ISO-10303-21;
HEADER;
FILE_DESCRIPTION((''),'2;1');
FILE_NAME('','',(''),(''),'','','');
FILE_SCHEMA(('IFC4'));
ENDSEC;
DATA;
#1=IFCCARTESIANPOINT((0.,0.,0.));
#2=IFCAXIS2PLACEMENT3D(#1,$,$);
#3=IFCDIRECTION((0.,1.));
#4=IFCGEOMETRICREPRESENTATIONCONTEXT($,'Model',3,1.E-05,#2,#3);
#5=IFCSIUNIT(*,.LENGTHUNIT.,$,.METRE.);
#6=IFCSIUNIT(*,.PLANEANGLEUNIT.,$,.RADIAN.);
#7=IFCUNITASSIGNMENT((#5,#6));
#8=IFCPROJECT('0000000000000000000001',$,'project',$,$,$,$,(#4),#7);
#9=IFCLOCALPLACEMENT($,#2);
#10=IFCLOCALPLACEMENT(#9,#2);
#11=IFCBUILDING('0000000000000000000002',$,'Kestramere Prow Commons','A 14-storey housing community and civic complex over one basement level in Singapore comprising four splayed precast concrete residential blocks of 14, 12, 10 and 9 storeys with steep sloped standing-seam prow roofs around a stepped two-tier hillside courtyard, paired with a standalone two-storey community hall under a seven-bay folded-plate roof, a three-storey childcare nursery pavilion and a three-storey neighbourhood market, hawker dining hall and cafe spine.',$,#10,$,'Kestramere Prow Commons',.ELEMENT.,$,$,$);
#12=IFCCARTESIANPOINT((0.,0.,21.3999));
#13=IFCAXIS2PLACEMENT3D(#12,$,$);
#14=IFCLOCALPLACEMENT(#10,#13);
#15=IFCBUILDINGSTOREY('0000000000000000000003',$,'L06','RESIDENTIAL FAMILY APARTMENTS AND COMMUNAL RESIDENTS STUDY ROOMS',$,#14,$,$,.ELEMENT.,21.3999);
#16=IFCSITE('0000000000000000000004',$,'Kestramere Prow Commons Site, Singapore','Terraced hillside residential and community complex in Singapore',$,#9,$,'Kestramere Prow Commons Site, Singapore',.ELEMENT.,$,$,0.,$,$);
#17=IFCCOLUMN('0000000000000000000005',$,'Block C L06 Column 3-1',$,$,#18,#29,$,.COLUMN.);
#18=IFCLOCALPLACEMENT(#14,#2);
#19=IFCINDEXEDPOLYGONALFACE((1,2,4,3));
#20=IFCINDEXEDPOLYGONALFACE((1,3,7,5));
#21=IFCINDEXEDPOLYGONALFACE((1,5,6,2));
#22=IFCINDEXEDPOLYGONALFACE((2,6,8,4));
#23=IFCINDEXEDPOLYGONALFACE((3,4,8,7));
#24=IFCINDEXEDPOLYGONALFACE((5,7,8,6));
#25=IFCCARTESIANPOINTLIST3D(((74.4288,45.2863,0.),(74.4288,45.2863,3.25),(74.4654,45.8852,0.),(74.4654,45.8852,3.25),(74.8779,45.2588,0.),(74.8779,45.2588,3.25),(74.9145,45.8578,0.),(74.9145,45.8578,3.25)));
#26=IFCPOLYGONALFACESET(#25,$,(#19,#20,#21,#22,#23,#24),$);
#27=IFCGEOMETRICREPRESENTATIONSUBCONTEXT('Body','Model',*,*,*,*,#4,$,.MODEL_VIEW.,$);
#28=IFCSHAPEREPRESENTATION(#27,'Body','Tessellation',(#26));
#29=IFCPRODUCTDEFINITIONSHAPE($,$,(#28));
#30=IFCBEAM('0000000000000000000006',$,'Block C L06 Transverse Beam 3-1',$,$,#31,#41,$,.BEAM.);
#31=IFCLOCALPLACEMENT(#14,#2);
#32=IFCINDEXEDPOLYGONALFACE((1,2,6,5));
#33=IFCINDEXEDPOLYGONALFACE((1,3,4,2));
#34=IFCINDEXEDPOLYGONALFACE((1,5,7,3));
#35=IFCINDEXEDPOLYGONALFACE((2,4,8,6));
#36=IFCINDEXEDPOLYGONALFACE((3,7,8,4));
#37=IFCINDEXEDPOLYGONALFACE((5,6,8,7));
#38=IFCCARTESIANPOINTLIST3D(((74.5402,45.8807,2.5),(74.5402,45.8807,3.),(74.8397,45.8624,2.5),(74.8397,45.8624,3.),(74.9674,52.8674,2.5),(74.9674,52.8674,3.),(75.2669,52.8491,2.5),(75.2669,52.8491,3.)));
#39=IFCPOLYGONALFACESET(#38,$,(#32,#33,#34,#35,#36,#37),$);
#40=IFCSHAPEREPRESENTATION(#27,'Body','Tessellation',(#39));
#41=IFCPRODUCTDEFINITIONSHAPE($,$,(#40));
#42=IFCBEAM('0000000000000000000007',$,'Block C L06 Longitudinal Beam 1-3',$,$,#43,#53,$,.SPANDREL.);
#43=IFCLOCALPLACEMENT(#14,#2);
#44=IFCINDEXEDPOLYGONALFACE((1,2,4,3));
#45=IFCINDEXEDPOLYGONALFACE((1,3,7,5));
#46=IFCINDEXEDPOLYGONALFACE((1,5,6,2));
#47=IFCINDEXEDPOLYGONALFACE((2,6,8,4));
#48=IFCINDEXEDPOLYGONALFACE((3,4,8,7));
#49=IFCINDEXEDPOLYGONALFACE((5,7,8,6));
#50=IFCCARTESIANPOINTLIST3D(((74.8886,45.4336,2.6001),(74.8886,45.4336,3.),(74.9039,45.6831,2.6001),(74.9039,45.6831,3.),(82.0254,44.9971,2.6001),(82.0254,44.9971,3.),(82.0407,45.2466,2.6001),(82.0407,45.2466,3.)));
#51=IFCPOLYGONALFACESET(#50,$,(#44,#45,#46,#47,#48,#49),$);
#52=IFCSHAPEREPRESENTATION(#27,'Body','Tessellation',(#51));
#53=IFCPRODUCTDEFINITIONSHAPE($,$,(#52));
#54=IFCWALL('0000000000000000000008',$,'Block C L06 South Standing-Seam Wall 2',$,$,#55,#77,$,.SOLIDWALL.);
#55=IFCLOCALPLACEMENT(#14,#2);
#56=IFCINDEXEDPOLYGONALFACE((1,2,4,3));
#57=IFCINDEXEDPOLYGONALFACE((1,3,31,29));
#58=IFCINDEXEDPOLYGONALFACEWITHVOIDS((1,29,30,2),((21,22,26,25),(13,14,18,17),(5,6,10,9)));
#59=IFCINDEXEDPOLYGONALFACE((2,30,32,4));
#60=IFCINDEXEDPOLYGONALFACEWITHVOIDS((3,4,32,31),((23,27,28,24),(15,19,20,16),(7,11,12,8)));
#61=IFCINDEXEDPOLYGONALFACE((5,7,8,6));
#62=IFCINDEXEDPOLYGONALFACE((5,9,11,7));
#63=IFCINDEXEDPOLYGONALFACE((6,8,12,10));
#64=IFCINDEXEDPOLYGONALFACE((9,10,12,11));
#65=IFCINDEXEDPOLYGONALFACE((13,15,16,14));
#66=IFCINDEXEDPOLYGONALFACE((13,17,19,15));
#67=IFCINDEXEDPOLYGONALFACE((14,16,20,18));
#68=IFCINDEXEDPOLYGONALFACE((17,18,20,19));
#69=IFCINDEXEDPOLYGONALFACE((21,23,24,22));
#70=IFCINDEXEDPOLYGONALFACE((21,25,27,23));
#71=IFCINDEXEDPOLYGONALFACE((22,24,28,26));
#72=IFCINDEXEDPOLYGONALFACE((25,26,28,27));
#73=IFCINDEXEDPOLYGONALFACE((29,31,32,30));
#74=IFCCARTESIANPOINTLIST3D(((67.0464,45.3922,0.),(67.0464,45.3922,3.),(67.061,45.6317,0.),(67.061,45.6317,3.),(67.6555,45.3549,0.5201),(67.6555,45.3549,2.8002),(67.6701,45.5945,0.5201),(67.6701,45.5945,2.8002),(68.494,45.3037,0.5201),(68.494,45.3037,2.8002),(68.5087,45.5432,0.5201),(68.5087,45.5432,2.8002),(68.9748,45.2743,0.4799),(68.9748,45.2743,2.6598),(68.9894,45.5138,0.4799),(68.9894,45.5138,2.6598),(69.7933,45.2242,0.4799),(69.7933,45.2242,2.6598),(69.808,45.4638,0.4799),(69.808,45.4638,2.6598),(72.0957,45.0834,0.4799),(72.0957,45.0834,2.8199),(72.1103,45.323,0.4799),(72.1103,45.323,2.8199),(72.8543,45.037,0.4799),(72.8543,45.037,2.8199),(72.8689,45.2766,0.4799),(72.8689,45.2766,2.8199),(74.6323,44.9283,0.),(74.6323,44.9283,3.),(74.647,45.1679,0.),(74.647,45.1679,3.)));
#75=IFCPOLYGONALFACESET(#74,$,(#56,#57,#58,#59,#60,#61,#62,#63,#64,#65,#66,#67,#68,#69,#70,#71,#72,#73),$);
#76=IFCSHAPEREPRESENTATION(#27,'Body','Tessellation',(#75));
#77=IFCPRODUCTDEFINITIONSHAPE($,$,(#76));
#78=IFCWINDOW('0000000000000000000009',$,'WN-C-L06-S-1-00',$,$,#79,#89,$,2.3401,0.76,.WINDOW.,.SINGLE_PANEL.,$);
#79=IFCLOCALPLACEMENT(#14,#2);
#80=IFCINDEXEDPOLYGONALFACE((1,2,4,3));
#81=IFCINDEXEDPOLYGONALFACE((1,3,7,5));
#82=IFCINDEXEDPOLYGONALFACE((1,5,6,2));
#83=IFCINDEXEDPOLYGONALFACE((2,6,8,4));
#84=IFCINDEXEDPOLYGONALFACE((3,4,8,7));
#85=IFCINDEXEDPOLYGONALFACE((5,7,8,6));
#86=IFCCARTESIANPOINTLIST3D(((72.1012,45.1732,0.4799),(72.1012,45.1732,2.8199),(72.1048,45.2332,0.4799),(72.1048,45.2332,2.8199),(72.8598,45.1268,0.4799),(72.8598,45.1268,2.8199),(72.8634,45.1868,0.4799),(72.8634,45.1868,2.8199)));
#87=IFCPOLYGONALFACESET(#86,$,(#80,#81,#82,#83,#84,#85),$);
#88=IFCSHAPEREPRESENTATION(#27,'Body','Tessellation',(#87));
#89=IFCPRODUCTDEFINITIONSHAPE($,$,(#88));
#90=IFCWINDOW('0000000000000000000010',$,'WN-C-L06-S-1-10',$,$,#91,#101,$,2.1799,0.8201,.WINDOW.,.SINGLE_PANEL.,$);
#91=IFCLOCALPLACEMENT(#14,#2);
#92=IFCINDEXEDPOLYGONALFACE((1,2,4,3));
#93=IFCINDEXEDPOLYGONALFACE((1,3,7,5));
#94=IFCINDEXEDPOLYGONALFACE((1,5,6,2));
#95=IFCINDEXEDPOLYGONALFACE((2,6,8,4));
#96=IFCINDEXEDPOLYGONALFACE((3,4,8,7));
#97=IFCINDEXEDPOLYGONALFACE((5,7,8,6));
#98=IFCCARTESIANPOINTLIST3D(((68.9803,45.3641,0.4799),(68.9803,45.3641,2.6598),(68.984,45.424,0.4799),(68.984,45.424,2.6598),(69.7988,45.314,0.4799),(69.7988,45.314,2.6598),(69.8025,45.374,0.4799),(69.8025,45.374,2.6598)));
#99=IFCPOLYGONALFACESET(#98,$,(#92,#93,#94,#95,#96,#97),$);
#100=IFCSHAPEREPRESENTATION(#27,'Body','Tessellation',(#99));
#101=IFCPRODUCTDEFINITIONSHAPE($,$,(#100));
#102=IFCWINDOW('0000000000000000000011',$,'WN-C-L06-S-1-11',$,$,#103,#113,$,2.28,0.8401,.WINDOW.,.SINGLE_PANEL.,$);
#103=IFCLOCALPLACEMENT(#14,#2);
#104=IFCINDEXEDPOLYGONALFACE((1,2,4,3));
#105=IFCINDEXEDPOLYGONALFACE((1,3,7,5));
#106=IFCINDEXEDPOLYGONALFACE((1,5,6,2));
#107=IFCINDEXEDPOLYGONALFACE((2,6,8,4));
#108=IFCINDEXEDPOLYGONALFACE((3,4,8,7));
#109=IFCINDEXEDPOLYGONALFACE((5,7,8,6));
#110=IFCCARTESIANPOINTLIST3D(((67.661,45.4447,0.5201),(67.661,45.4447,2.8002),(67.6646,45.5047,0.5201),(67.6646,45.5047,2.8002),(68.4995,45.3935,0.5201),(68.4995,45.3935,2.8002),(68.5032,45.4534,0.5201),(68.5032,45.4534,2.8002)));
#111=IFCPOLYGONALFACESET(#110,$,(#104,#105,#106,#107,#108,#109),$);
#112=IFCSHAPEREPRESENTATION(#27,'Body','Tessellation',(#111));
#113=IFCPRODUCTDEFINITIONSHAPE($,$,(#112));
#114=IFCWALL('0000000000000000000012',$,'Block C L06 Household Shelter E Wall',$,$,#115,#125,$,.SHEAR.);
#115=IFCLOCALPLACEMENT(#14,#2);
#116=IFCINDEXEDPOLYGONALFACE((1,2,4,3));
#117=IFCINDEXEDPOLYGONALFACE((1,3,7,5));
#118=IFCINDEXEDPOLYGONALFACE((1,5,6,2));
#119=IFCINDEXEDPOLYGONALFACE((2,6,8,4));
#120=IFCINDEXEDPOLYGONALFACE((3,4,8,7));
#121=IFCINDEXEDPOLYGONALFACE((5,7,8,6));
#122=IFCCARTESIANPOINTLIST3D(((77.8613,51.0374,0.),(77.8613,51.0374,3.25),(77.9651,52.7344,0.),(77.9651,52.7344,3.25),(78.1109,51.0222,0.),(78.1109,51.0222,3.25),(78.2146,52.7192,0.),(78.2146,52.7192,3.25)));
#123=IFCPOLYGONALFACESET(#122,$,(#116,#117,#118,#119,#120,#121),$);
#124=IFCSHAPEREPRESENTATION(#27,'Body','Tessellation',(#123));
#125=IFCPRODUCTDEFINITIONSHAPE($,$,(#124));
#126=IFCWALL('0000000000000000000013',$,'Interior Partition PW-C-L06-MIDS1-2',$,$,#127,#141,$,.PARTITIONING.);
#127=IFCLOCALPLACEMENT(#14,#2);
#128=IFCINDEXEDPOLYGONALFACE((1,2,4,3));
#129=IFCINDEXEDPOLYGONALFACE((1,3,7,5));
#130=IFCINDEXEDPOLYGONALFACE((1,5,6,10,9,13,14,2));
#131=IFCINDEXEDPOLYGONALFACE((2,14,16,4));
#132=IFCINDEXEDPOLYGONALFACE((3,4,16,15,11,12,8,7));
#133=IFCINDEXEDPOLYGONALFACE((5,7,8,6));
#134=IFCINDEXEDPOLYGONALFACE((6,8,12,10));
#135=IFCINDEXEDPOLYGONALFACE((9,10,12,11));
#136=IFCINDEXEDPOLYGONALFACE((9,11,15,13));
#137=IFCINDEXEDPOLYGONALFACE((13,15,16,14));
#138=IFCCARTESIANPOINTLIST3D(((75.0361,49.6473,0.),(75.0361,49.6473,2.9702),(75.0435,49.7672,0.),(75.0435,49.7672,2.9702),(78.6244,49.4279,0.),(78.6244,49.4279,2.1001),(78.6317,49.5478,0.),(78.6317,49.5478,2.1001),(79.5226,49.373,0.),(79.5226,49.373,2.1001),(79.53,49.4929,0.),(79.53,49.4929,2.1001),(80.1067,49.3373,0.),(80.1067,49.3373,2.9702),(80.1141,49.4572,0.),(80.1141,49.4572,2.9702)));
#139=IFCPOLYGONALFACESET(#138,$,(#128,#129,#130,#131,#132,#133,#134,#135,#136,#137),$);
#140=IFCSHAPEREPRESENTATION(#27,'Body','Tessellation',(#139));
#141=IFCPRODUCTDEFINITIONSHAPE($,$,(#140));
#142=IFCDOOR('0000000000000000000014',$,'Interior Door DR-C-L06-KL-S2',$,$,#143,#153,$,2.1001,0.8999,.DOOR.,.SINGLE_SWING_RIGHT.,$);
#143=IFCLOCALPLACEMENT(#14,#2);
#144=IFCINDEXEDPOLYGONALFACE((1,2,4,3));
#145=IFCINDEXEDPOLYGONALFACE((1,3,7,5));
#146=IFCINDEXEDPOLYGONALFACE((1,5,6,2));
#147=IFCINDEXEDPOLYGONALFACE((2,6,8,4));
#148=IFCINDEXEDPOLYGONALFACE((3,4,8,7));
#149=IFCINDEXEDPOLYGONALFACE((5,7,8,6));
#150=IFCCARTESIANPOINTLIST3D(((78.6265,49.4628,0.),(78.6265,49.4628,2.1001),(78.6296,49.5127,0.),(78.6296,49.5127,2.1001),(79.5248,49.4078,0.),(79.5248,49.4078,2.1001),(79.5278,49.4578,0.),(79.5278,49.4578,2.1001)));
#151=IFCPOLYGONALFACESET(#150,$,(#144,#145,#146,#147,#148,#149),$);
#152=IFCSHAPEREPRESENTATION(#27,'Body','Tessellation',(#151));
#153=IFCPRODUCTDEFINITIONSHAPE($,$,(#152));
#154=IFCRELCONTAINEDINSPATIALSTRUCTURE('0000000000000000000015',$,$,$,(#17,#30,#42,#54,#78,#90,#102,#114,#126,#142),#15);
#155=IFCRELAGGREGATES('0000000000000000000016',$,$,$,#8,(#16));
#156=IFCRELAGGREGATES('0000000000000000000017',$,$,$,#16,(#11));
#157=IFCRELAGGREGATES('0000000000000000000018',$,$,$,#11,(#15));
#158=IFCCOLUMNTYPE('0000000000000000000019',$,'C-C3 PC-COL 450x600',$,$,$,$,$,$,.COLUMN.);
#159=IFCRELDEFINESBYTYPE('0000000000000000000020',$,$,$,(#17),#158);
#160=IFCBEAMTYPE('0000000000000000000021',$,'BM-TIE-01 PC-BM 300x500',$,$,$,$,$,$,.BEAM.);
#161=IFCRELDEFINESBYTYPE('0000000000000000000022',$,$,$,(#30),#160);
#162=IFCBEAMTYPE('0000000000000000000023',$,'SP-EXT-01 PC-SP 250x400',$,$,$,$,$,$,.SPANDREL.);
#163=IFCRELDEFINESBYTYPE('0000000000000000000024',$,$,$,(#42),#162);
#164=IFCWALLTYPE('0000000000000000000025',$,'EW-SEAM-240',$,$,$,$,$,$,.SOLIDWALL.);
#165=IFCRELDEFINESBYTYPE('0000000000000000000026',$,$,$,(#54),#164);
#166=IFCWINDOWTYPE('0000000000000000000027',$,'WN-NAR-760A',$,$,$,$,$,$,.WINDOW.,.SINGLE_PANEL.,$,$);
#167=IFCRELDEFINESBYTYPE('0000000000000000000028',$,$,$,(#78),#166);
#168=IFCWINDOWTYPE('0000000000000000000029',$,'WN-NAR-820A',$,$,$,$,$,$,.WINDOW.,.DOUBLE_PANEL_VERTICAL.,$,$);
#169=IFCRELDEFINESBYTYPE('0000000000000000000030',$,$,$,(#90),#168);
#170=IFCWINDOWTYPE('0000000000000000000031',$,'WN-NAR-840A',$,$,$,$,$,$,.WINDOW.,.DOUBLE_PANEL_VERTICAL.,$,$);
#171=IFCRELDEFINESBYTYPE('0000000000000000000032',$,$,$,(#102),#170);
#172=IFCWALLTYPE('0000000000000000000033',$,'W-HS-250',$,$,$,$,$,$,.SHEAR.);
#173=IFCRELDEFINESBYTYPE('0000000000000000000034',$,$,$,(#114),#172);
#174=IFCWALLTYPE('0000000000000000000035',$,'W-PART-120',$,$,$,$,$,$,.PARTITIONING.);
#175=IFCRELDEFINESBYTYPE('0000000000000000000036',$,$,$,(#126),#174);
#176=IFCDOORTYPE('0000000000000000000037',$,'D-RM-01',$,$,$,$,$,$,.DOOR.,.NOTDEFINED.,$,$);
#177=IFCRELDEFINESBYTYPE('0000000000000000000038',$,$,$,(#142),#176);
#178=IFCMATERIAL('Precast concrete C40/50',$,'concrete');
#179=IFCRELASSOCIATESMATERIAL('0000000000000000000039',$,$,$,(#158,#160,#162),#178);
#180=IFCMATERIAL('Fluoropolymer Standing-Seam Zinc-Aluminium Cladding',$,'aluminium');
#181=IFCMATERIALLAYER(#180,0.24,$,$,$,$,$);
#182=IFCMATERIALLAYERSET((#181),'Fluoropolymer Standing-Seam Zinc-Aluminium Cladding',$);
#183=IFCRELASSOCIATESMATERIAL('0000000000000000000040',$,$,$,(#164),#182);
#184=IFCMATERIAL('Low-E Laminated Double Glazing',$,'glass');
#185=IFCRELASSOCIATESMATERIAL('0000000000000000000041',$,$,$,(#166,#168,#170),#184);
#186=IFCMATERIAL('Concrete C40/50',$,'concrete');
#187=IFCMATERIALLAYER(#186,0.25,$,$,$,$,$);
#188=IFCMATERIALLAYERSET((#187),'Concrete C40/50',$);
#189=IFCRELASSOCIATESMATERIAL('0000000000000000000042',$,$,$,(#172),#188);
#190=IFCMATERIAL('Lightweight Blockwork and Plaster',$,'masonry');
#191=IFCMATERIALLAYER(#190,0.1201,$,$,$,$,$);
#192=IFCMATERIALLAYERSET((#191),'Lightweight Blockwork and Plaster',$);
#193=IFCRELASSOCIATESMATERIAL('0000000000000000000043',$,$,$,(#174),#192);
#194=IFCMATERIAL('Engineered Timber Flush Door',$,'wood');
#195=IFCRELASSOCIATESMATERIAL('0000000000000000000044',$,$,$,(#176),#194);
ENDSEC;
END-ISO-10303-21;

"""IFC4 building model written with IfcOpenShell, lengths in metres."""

from ifc_helpers import new_model, si_unit, direction, frame, frame_2d, origin, origin_2d, place, context, subcontext, project, spatial, rectangle, extrude, material, layer, layer_set, material_profile, profile_set, type_object, element, fill, save


model = new_model("IFC4")

# Units and contexts
model_context = context("Model", 3, precision=1e-05, world=origin(), true_north=direction((0.0, 1.0)))
body_context = subcontext(model_context, "Body", "Model", "MODEL_VIEW")
ifc_project = project(units=[si_unit("LENGTHUNIT", "METRE"), si_unit("PLANEANGLEUNIT", "RADIAN")], contexts=[model_context])

# Site, building, storey
site_placement = place(None, origin())
site = spatial("IfcSite", under=ifc_project, at=site_placement, Name="Kestramere Prow Commons Site, Singapore", Description="Terraced hillside residential and community complex in Singapore", LongName="Kestramere Prow Commons Site, Singapore", CompositionType="ELEMENT", RefElevation=0.0)
building_placement = place(site_placement, origin())
building = spatial("IfcBuilding", under=site, at=building_placement, Name="Kestramere Prow Commons", Description="A 14-storey housing community and civic complex over one basement level in Singapore comprising four splayed precast concrete residential blocks of 14, 12, 10 and 9 storeys with steep sloped standing-seam prow roofs around a stepped two-tier hillside courtyard, paired with a standalone two-storey community hall under a seven-bay folded-plate roof, a three-storey childcare nursery pavilion and a three-storey neighbourhood market, hawker dining hall and cafe spine.", LongName="Kestramere Prow Commons", CompositionType="ELEMENT")
storey_placement = place(building_placement, frame((0.0, 0.0, 21.3999)))
storey = spatial("IfcBuildingStorey", under=building, at=storey_placement, Name="L06", Description="RESIDENTIAL FAMILY APARTMENTS AND COMMUNAL RESIDENTS STUDY ROOMS", CompositionType="ELEMENT", Elevation=21.3999)

# Column
ifc_material_1 = material(Name="Precast concrete C40/50", Category="concrete")
ifc_material_profile_1 = material_profile(ifc_material_1, rectangle(XDim=0.45, YDim=0.6001, at=origin_2d()), Name="PC-COL 450x600")
ifc_profile_set_1 = profile_set([ifc_material_profile_1], Name="Precast concrete C40/50")
column_type = type_object("IfcColumnType", Name="C-C3 PC-COL 450x600", PredefinedType="COLUMN", material=ifc_profile_set_1)
column_placement = place(storey_placement, frame((74.6716, 45.572, 0.0), z_axis=(0.0, 0.0, 1.0), x_axis=(0.998135, -0.061049, 0.0)))
element("IfcColumn", 1, at=column_placement, inside=storey, type_object=column_type, Name="Block C L06 Column 3-1", PredefinedType="COLUMN", context=body_context, shape_type="SweptSolid", body=[
    extrude(rectangle(XDim=0.45, YDim=0.6001, at=origin_2d()), origin(), (0.0, 0.0, 1.0), 3.25),
])

# Beams
ifc_material_profile_2 = material_profile(ifc_material_1, rectangle(XDim=0.3, YDim=0.5, at=origin_2d()), Name="PC-BM 300x500")
ifc_profile_set_2 = profile_set([ifc_material_profile_2], Name="Precast concrete C40/50")
beam_type_1 = type_object("IfcBeamType", Name="BM-TIE-01 PC-BM 300x500", PredefinedType="BEAM", material=ifc_profile_set_2)
beam_1_placement = place(storey_placement, frame((74.6899, 45.8716, 2.75), z_axis=(0.061036, 0.998136, 0.0), x_axis=(-0.998136, 0.061036, 0.0)))
element("IfcBeam", 2, at=beam_1_placement, inside=storey, type_object=beam_type_1, Name="Block C L06 Transverse Beam 3-1", PredefinedType="BEAM", context=body_context, shape_type="SweptSolid", body=[
    extrude(rectangle(XDim=0.3, YDim=0.5, at=origin_2d()), origin(), (0.0, 0.0, 1.0), 6.9998),
])
ifc_material_profile_3 = material_profile(ifc_material_1, rectangle(XDim=0.25, YDim=0.3999, at=origin_2d()), Name="PC-SP 250x400")
ifc_profile_set_3 = profile_set([ifc_material_profile_3], Name="Precast concrete C40/50")
beam_type_2 = type_object("IfcBeamType", Name="SP-EXT-01 PC-SP 250x400", PredefinedType="SPANDREL", material=ifc_profile_set_3)
beam_2_placement = place(storey_placement, frame((74.8962, 45.5583, 2.8), z_axis=(0.998135, -0.061052, 0.0), x_axis=(0.061052, 0.998135, 0.0)))
element("IfcBeam", 3, at=beam_2_placement, inside=storey, type_object=beam_type_2, Name="Block C L06 Longitudinal Beam 1-3", PredefinedType="SPANDREL", context=body_context, shape_type="SweptSolid", body=[
    extrude(rectangle(XDim=0.25, YDim=0.3999, at=origin_2d()), origin(), (0.0, 0.0, 1.0), 7.1501),
])

# Wall, openings, windows
ifc_material_2 = material(Name="Fluoropolymer Standing-Seam Zinc-Aluminium Cladding", Category="aluminium")
ifc_layer_1 = layer(ifc_material_2, 0.24)
ifc_layer_set_1 = layer_set([ifc_layer_1], Name="Fluoropolymer Standing-Seam Zinc-Aluminium Cladding")
wall_type_1 = type_object("IfcWallType", Name="EW-SEAM-240", PredefinedType="SOLIDWALL", material=ifc_layer_set_1)
wall_1_placement = place(storey_placement, frame((74.6396, 45.0481, 0.0), z_axis=(0.0, 0.0, 1.0), x_axis=(-0.998136, 0.061034, 0.0)))
wall_1 = element("IfcWall", 4, at=wall_1_placement, inside=storey, type_object=wall_type_1, Name="Block C L06 South Standing-Seam Wall 2", PredefinedType="SOLIDWALL", context=body_context, shape_type="SweptSolid", body=[
    extrude(rectangle(XDim=7.6001, YDim=0.24, at=frame_2d((3.8, 0.0))), origin(), (0.0, 0.0, 1.0), 3.0),
])
opening_1_placement = place(wall_1_placement, frame((1.7815, 0.0, 0.48)))
opening_1 = element("IfcOpeningElement", 5, at=opening_1_placement, cuts=wall_1, PredefinedType="OPENING", context=body_context, shape_type="SweptSolid", body=[
    extrude(rectangle(XDim=0.76, YDim=2.3401, at=frame_2d((0.3799, 1.1699))), frame((0.0, 0.135, 0.0), z_axis=(0.0, -1.0, 0.0), x_axis=(1.0, 0.0, 0.0)), (0.0, 0.0, 1.0), 0.27),
])
opening_2_placement = place(wall_1_placement, frame((4.8479, 0.0, 0.48)))
opening_2 = element("IfcOpeningElement", 6, at=opening_2_placement, cuts=wall_1, PredefinedType="OPENING", context=body_context, shape_type="SweptSolid", body=[
    extrude(rectangle(XDim=0.8201, YDim=2.1799, at=frame_2d((0.4102, 1.0898))), frame((0.0, 0.135, 0.0), z_axis=(0.0, -1.0, 0.0), x_axis=(1.0, 0.0, 0.0)), (0.0, 0.0, 1.0), 0.27),
])
opening_3_placement = place(wall_1_placement, frame((6.1499, 0.0, 0.52)))
opening_3 = element("IfcOpeningElement", 7, at=opening_3_placement, cuts=wall_1, PredefinedType="OPENING", context=body_context, shape_type="SweptSolid", body=[
    extrude(rectangle(XDim=0.8401, YDim=2.28, at=frame_2d((0.4199, 1.1401))), frame((0.0, 0.135, 0.0), z_axis=(0.0, -1.0, 0.0), x_axis=(1.0, 0.0, 0.0)), (0.0, 0.0, 1.0), 0.27),
])
ifc_material_3 = material(Name="Low-E Laminated Double Glazing", Category="glass")
window_type_1 = type_object("IfcWindowType", Name="WN-NAR-760A", PartitioningType="SINGLE_PANEL", PredefinedType="WINDOW", material=ifc_material_3)
window_1_placement = place(opening_1_placement, origin())
window_1 = element("IfcWindow", 8, at=window_1_placement, inside=storey, type_object=window_type_1, Name="WN-C-L06-S-1-00", OverallHeight=2.3401, OverallWidth=0.76, PartitioningType="SINGLE_PANEL", PredefinedType="WINDOW", context=body_context, shape_type="SweptSolid", body=[
    extrude(rectangle(XDim=0.76, YDim=2.3401, at=frame_2d((0.3799, 1.1699))), frame((0.0, 0.03, 0.0), z_axis=(0.0, -1.0, 0.0), x_axis=(1.0, 0.0, 0.0)), (0.0, 0.0, 1.0), 0.0601),
])
fill(opening_1, window_1)
window_type_2 = type_object("IfcWindowType", Name="WN-NAR-820A", PartitioningType="DOUBLE_PANEL_VERTICAL", PredefinedType="WINDOW", material=ifc_material_3)
window_2_placement = place(opening_2_placement, origin())
window_2 = element("IfcWindow", 9, at=window_2_placement, inside=storey, type_object=window_type_2, Name="WN-C-L06-S-1-10", OverallHeight=2.1799, OverallWidth=0.8201, PartitioningType="SINGLE_PANEL", PredefinedType="WINDOW", context=body_context, shape_type="SweptSolid", body=[
    extrude(rectangle(XDim=0.8201, YDim=2.1799, at=frame_2d((0.4102, 1.0898))), frame((0.0, 0.03, 0.0), z_axis=(0.0, -1.0, 0.0), x_axis=(1.0, 0.0, 0.0)), (0.0, 0.0, 1.0), 0.0601),
])
fill(opening_2, window_2)
window_type_3 = type_object("IfcWindowType", Name="WN-NAR-840A", PartitioningType="DOUBLE_PANEL_VERTICAL", PredefinedType="WINDOW", material=ifc_material_3)
window_3_placement = place(opening_3_placement, origin())
window_3 = element("IfcWindow", 10, at=window_3_placement, inside=storey, type_object=window_type_3, Name="WN-C-L06-S-1-11", OverallHeight=2.28, OverallWidth=0.8401, PartitioningType="SINGLE_PANEL", PredefinedType="WINDOW", context=body_context, shape_type="SweptSolid", body=[
    extrude(rectangle(XDim=0.8401, YDim=2.28, at=frame_2d((0.4199, 1.1401))), frame((0.0, 0.03, 0.0), z_axis=(0.0, -1.0, 0.0), x_axis=(1.0, 0.0, 0.0)), (0.0, 0.0, 1.0), 0.0601),
])
fill(opening_3, window_3)

# Wall
ifc_material_4 = material(Name="Concrete C40/50", Category="concrete")
ifc_layer_2 = layer(ifc_material_4, 0.25)
ifc_layer_set_2 = layer_set([ifc_layer_2], Name="Concrete C40/50")
wall_type_2 = type_object("IfcWallType", Name="W-HS-250", PredefinedType="SHEAR", material=ifc_layer_set_2)
wall_2_placement = place(storey_placement, frame((77.9861, 51.0298, 0.0), z_axis=(0.0, 0.0, 1.0), x_axis=(0.061028, 0.998136, 0.0)))
element("IfcWall", 11, at=wall_2_placement, inside=storey, type_object=wall_type_2, Name="Block C L06 Household Shelter E Wall", PredefinedType="SHEAR", context=body_context, shape_type="SweptSolid", body=[
    extrude(rectangle(XDim=1.7002, YDim=0.25, at=frame_2d((0.8501, 0.0))), origin(), (0.0, 0.0, 1.0), 3.25),
])

# Wall, opening, door
ifc_material_5 = material(Name="Lightweight Blockwork and Plaster", Category="masonry")
ifc_layer_3 = layer(ifc_material_5, 0.1201)
ifc_layer_set_3 = layer_set([ifc_layer_3], Name="Lightweight Blockwork and Plaster")
wall_type_3 = type_object("IfcWallType", Name="W-PART-120", PredefinedType="PARTITIONING", material=ifc_layer_set_3)
wall_3_placement = place(storey_placement, frame((75.0398, 49.7073, 0.0), z_axis=(0.0, 0.0, 1.0), x_axis=(0.998136, -0.061035, 0.0)))
wall_3 = element("IfcWall", 12, at=wall_3_placement, inside=storey, type_object=wall_type_3, Name="Interior Partition PW-C-L06-MIDS1-2", PredefinedType="PARTITIONING", context=body_context, shape_type="SweptSolid", body=[
    extrude(rectangle(XDim=5.0801, YDim=0.1201, at=frame_2d((2.54, 0.0))), origin(), (0.0, 0.0, 1.0), 2.9702),
])
opening_4_placement = place(wall_3_placement, frame((3.595, 0.0, 0.0)))
opening_4 = element("IfcOpeningElement", 13, at=opening_4_placement, cuts=wall_3, PredefinedType="OPENING", context=body_context, shape_type="SweptSolid", body=[
    extrude(rectangle(XDim=0.8999, YDim=2.1001, at=frame_2d((0.45, 1.05))), frame((0.0, 0.075, 0.0), z_axis=(0.0, -1.0, 0.0), x_axis=(1.0, 0.0, 0.0)), (0.0, 0.0, 1.0), 0.1501),
])
ifc_material_6 = material(Name="Engineered Timber Flush Door", Category="wood")
door_type_1 = type_object("IfcDoorType", Name="D-RM-01", OperationType="NOTDEFINED", PredefinedType="DOOR", material=ifc_material_6)
door_1_placement = place(opening_4_placement, origin())
door_1 = element("IfcDoor", 14, at=door_1_placement, inside=storey, type_object=door_type_1, Name="Interior Door DR-C-L06-KL-S2", OperationType="SINGLE_SWING_RIGHT", OverallHeight=2.1001, OverallWidth=0.8999, PredefinedType="DOOR", context=body_context, shape_type="SweptSolid", body=[
    extrude(rectangle(XDim=0.8999, YDim=2.1001, at=frame_2d((0.45, 1.05))), frame((0.0, 0.0249, 0.0), z_axis=(0.0, -1.0, 0.0), x_axis=(1.0, 0.0, 0.0)), (0.0, 0.0, 1.0), 0.05),
])
fill(opening_4, door_1)

save(model, "model.ifc")
